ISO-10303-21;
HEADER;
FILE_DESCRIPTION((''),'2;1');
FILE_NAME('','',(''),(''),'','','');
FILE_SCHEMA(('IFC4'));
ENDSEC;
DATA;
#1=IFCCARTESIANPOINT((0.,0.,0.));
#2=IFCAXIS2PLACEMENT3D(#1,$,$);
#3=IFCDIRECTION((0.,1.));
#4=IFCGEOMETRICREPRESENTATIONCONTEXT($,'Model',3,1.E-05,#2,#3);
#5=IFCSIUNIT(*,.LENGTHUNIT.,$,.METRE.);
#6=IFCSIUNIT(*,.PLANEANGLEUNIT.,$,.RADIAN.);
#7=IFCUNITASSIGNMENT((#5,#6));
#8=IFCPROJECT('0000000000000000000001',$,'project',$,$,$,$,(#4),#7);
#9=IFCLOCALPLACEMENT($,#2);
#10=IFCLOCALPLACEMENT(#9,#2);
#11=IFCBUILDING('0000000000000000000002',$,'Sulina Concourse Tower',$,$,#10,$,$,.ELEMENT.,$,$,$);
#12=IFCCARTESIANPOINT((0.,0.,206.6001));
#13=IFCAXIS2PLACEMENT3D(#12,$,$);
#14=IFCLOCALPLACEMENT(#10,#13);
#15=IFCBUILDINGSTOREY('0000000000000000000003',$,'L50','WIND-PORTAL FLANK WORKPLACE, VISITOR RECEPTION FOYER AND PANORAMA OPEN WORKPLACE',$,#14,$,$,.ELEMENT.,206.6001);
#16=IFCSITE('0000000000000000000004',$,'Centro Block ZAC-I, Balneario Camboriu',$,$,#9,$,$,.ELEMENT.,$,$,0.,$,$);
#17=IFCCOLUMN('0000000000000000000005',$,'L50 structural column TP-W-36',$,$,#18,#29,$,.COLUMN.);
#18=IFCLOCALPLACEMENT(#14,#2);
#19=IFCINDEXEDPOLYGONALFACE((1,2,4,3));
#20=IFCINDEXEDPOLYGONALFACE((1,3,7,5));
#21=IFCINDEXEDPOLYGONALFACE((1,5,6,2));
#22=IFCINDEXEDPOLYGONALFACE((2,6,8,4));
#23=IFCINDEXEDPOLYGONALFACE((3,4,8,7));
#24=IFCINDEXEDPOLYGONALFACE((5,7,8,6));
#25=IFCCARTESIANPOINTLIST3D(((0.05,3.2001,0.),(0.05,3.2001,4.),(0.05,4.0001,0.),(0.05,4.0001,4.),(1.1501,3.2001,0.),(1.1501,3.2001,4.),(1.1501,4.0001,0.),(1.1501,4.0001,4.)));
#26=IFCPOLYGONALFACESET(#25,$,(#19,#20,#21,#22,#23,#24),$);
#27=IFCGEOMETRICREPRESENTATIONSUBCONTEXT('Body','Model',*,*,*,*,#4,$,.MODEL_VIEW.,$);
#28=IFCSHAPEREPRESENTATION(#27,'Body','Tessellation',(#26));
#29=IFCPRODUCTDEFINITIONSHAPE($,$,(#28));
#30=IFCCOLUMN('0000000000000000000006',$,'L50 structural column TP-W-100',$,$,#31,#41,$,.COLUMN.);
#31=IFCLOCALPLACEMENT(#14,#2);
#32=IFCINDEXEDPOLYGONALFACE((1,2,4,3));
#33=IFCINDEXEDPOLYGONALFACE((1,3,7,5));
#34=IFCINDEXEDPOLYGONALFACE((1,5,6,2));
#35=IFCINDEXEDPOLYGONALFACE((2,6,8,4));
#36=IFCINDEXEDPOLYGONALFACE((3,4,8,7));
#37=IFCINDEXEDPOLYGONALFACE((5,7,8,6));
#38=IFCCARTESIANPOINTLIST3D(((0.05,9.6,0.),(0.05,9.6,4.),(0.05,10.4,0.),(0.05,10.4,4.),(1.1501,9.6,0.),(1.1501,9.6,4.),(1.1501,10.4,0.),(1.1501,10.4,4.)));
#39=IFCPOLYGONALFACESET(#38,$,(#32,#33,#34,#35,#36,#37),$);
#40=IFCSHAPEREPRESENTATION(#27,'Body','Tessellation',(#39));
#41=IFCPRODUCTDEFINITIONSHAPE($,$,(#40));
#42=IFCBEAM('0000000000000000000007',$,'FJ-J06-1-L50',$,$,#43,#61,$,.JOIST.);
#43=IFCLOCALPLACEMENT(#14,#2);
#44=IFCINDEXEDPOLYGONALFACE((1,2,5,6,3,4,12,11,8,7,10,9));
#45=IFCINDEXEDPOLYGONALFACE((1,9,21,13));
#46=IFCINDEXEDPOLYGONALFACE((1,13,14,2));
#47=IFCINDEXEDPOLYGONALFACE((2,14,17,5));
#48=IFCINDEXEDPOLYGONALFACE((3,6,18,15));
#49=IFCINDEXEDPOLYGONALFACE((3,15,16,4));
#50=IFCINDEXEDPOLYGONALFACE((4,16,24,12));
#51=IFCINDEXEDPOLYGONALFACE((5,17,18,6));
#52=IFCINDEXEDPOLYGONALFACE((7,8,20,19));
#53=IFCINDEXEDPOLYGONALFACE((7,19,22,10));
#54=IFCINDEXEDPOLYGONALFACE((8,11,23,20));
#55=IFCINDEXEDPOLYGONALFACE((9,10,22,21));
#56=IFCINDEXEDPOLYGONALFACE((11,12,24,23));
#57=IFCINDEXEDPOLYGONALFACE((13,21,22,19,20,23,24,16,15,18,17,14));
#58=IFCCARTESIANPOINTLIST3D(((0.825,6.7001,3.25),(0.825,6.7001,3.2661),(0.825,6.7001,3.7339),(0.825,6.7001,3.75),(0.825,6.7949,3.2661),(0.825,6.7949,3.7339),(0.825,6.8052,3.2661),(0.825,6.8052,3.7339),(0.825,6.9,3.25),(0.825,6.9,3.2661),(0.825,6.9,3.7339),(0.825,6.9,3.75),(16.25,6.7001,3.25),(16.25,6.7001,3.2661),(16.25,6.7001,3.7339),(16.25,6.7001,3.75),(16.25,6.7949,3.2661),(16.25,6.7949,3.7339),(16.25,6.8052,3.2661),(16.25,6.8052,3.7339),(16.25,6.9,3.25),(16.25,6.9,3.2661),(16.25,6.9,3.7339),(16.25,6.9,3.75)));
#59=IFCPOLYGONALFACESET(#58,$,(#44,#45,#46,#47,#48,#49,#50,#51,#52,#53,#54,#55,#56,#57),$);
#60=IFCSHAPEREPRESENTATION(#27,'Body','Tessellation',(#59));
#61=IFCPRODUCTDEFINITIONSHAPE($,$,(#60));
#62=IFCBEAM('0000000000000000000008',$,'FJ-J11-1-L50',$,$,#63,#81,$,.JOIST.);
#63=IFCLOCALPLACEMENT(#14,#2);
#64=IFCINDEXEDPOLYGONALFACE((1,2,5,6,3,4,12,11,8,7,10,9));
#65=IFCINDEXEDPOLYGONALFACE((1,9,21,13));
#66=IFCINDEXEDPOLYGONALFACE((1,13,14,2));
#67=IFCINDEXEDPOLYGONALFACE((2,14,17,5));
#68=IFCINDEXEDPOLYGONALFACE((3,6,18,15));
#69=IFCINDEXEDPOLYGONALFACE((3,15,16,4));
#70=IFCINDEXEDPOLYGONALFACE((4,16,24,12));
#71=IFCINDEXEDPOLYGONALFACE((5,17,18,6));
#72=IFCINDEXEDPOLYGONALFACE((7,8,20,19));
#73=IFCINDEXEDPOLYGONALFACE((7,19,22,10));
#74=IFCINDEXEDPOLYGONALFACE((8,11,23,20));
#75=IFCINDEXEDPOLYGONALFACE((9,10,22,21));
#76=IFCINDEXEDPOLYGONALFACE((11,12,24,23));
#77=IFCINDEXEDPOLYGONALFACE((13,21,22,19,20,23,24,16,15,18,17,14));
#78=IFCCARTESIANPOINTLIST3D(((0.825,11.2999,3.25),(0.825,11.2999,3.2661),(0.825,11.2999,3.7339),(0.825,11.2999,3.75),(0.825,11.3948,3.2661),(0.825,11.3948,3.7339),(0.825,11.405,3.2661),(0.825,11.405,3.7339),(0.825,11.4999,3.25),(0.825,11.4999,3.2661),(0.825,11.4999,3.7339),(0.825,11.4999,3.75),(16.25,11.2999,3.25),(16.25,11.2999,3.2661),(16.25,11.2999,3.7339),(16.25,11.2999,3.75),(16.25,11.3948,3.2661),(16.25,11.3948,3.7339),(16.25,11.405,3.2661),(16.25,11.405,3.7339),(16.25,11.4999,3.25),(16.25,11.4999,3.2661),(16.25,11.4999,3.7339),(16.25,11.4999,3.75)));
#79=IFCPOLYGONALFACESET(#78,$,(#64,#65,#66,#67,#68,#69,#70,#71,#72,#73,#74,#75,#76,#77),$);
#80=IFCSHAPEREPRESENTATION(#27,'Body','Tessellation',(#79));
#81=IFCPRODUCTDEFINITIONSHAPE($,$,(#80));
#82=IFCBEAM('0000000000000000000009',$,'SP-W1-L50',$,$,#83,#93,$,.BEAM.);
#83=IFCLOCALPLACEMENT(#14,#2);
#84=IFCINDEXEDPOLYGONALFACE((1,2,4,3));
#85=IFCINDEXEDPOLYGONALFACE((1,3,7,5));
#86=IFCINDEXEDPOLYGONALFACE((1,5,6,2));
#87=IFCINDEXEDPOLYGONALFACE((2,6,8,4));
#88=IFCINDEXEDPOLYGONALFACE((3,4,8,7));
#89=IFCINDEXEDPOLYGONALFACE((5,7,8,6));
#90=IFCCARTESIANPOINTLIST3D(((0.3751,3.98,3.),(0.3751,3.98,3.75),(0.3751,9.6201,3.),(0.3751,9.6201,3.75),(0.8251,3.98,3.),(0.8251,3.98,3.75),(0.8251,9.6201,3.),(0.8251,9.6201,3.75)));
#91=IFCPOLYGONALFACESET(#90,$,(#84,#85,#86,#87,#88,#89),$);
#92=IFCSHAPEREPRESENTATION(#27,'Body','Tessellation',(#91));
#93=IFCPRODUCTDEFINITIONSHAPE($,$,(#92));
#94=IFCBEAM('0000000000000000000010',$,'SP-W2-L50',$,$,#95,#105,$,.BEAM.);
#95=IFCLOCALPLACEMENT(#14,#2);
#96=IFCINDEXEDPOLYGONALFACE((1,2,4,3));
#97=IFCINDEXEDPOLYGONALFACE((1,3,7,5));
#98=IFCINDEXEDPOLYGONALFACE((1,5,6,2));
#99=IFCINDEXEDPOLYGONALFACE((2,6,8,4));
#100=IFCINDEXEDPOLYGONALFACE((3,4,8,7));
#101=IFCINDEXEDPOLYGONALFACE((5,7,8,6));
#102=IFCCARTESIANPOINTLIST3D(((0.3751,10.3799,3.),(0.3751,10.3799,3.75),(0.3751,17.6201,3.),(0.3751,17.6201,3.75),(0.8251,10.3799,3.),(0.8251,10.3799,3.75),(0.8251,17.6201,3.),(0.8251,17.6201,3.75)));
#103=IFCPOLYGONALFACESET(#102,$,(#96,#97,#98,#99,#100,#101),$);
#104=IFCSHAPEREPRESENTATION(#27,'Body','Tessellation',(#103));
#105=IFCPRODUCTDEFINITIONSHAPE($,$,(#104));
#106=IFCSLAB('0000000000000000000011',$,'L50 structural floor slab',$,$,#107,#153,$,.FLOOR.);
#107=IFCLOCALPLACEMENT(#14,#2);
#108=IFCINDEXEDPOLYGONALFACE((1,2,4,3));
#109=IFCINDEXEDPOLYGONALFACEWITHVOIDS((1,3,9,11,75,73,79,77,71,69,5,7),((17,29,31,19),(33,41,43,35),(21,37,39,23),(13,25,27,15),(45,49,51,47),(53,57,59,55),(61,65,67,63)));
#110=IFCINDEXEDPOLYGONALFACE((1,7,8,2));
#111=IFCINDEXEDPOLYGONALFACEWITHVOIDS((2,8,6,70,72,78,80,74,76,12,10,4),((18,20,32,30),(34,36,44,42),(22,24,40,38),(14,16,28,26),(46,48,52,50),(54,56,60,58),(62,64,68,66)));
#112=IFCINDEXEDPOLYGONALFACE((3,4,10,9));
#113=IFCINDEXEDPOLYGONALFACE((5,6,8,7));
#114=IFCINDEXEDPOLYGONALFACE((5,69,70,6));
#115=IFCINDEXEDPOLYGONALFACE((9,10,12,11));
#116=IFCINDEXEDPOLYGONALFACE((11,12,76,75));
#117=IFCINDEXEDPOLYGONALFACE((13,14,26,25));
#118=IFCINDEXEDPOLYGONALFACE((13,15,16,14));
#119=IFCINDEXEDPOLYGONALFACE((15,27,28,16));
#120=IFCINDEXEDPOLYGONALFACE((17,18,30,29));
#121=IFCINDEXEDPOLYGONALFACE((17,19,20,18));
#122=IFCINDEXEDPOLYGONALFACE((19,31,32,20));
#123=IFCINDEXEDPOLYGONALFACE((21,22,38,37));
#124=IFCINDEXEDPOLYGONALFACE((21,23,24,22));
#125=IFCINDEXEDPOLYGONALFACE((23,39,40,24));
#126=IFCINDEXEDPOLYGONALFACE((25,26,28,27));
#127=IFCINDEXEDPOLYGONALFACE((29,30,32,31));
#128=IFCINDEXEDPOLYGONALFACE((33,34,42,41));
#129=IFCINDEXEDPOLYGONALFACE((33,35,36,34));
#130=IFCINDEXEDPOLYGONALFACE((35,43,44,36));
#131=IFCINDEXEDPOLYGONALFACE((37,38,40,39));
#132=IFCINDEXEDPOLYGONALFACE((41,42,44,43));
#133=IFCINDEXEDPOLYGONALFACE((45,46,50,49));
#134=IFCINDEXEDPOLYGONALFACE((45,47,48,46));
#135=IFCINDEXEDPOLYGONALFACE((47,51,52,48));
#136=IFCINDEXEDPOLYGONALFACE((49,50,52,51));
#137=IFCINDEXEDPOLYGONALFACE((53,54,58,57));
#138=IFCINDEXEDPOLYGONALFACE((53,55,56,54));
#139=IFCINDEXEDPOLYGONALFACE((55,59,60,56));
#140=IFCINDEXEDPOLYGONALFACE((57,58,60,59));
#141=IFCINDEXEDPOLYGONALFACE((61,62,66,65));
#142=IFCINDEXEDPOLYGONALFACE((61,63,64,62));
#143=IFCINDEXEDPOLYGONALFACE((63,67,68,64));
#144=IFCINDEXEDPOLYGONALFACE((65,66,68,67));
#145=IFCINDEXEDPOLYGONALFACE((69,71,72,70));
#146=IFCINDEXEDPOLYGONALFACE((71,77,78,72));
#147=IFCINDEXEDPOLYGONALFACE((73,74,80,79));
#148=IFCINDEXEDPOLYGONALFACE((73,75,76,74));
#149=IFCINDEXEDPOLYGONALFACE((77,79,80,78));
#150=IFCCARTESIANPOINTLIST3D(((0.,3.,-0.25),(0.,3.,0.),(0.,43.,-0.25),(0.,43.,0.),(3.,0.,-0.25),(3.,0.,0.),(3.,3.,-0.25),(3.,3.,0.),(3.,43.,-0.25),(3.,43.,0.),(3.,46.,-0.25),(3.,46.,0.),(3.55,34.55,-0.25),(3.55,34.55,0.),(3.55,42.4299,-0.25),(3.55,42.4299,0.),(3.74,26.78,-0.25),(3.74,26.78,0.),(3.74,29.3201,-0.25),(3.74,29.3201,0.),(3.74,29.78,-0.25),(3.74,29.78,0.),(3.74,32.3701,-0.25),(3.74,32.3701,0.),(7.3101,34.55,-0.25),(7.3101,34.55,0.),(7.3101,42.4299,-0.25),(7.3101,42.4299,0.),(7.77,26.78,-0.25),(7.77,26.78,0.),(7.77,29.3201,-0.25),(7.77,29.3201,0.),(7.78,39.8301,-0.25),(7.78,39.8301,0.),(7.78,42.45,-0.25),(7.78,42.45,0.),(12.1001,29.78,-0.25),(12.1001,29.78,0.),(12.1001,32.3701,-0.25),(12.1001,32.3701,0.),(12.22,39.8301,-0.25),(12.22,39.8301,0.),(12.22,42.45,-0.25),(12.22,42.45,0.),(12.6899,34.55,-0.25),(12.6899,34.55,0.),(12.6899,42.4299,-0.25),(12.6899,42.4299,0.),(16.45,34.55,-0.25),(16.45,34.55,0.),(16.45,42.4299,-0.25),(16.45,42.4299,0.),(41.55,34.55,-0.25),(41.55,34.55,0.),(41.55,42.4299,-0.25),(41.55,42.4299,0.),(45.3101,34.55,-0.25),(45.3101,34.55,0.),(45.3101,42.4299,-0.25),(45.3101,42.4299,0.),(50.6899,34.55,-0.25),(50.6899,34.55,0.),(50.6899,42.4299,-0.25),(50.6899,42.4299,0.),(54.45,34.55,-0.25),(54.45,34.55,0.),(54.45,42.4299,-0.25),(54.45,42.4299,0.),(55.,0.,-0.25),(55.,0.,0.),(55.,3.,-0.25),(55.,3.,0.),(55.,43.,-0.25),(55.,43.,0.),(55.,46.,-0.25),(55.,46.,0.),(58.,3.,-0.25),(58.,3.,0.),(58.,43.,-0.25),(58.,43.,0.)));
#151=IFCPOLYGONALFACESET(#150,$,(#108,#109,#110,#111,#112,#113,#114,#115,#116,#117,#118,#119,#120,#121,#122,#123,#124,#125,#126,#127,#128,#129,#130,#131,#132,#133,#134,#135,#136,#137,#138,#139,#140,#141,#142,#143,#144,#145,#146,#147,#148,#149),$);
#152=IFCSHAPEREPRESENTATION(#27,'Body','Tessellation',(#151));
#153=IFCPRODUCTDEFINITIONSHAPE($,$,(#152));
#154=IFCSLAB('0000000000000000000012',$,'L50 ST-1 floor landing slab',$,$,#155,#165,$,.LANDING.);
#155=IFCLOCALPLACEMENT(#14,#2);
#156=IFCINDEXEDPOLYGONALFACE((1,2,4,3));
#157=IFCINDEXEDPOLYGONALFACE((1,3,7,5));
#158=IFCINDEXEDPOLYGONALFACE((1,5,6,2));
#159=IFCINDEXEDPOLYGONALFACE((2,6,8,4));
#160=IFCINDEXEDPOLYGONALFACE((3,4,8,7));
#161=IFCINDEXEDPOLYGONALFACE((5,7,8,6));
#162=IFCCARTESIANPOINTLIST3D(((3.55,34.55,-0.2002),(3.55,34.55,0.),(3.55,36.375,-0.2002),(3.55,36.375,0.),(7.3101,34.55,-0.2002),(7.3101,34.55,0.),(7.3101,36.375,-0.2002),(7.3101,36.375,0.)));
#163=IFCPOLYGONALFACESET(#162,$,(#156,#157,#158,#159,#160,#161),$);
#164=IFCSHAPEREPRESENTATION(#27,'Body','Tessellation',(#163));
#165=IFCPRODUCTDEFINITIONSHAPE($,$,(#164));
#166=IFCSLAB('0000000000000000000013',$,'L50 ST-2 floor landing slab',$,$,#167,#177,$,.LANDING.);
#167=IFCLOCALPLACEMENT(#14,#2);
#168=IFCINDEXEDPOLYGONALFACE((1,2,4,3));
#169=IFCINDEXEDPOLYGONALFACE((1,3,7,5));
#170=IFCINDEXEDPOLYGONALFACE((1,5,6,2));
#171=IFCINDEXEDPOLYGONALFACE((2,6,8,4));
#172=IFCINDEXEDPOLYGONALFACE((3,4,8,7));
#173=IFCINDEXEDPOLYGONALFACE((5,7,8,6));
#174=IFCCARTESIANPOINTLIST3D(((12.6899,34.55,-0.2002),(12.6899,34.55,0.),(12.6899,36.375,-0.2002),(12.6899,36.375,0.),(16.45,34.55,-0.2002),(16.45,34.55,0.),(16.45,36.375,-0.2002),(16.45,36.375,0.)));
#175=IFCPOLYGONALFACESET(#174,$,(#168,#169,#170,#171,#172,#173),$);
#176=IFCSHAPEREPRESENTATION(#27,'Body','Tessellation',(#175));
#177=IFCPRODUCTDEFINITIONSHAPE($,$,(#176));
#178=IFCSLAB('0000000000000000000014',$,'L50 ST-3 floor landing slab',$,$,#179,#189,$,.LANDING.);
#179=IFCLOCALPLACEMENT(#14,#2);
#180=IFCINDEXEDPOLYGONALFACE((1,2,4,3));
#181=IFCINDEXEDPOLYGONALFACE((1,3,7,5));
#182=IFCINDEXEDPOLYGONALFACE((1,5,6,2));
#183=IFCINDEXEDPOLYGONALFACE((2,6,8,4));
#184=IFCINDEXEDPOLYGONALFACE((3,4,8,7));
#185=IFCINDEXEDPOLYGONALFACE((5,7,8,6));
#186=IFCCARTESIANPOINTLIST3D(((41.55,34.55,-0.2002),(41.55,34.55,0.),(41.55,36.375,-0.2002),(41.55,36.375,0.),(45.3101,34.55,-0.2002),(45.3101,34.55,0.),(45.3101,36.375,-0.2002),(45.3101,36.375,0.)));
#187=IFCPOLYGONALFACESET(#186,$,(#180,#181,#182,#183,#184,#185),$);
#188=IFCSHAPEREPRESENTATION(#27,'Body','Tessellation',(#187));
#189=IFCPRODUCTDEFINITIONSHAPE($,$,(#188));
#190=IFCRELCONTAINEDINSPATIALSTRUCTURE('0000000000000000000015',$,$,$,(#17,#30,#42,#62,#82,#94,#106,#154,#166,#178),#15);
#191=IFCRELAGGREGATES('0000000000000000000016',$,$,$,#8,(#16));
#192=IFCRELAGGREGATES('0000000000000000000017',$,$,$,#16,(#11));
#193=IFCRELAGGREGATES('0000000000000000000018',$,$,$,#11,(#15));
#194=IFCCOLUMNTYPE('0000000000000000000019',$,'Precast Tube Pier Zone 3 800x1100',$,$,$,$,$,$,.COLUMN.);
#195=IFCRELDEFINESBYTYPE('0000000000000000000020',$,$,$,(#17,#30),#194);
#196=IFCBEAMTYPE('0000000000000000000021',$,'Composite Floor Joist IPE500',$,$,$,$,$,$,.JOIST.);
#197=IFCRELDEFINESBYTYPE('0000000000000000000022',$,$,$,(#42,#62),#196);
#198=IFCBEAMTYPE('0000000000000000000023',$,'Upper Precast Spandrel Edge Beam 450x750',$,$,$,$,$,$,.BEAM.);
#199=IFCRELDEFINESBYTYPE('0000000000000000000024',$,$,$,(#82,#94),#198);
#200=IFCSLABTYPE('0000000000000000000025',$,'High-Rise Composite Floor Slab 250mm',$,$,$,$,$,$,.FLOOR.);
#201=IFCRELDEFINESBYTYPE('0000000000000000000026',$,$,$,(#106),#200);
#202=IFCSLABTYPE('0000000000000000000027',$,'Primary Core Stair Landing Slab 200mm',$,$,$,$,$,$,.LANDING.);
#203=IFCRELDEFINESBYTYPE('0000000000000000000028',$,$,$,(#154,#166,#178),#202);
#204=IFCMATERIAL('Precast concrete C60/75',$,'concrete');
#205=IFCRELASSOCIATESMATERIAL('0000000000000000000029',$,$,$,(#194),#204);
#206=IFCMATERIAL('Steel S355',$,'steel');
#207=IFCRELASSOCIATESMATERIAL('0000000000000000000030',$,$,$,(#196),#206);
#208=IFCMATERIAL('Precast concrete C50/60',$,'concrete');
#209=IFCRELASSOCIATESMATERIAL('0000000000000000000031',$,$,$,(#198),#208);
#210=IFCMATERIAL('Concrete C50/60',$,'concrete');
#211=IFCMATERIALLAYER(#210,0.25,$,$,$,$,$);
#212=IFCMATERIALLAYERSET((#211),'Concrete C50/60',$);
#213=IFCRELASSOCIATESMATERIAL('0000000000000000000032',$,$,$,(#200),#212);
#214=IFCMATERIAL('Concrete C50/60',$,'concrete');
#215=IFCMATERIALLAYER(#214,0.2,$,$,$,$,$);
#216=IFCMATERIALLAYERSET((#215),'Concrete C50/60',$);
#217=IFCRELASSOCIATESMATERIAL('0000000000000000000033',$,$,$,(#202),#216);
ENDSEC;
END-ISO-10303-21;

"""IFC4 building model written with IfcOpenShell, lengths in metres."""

from ifc_helpers import new_model, si_unit, direction, frame, origin, origin_2d, place, context, subcontext, project, spatial, polyline, rectangle, i_section, outline, extrude, material, layer, layer_set, material_profile, profile_set, type_object, element, save


model = new_model("IFC4")

# Units and contexts
model_context = context("Model", 3, precision=1e-05, world=origin(), true_north=direction((0.0, 1.0)))
body_context = subcontext(model_context, "Body", "Model", "MODEL_VIEW")
ifc_project = project(units=[si_unit("LENGTHUNIT", "METRE"), si_unit("PLANEANGLEUNIT", "RADIAN")], contexts=[model_context])

# Site, building, storey
site_placement = place(None, origin())
site = spatial("IfcSite", under=ifc_project, at=site_placement, Name="Centro Block ZAC-I, Balneario Camboriu", CompositionType="ELEMENT", RefElevation=0.0)
building_placement = place(site_placement, origin())
building = spatial("IfcBuilding", under=site, at=building_placement, Name="Sulina Concourse Tower", CompositionType="ELEMENT")
storey_placement = place(building_placement, frame((0.0, 0.0, 206.6001)))
storey = spatial("IfcBuildingStorey", under=building, at=storey_placement, Name="L50", Description="WIND-PORTAL FLANK WORKPLACE, VISITOR RECEPTION FOYER AND PANORAMA OPEN WORKPLACE", CompositionType="ELEMENT", Elevation=206.6001)

# Columns
ifc_material_1 = material(Name="Precast concrete C60/75", Category="concrete")
ifc_material_profile_1 = material_profile(ifc_material_1, rectangle(XDim=0.8, YDim=1.1001, at=origin_2d()), Name="PC 800x1100")
ifc_profile_set_1 = profile_set([ifc_material_profile_1], Name="Precast concrete C60/75")
column_type = type_object("IfcColumnType", Name="Precast Tube Pier Zone 3 800x1100", PredefinedType="COLUMN", material=ifc_profile_set_1)
for number, where, z_axis, x_axis, name in (
    (1, (0.6001, 3.6001, 0.0), (0.0, 0.0, 1.0), (0.0, 1.0, 0.0), "L50 structural column TP-W-36"),
    (2, (0.6001, 10.0, 0.0), (0.0, 0.0, 1.0), (0.0, 1.0, 0.0), "L50 structural column TP-W-100"),
):
    element("IfcColumn", number, at=place(storey_placement, frame(where, z_axis=z_axis, x_axis=x_axis)), inside=storey, type_object=column_type, Name=name, PredefinedType="COLUMN", context=body_context, shape_type="SweptSolid", body=[
        extrude(rectangle(XDim=0.8, YDim=1.1001, at=origin_2d()), origin(), (0.0, 0.0, 1.0), 4.0),
    ])

# Beams
ifc_material_2 = material(Name="Steel S355", Category="steel")
ifc_material_profile_2 = material_profile(ifc_material_2, i_section(OverallWidth=0.2, OverallDepth=0.5, WebThickness=0.0103, FlangeThickness=0.0161, at=origin_2d()), Name="IPE 500")
ifc_profile_set_2 = profile_set([ifc_material_profile_2], Name="Steel S355")
beam_type_1 = type_object("IfcBeamType", Name="Composite Floor Joist IPE500", PredefinedType="JOIST", material=ifc_profile_set_2)
for number, where, z_axis, x_axis, name in (
    (3, (0.825, 6.8, 3.5), (1.0, 0.0, 0.0), (0.0, 1.0, 0.0), "FJ-J06-1-L50"),
    (4, (0.825, 11.3999, 3.5), (1.0, 0.0, 0.0), (0.0, 1.0, 0.0), "FJ-J11-1-L50"),
):
    element("IfcBeam", number, at=place(storey_placement, frame(where, z_axis=z_axis, x_axis=x_axis)), inside=storey, type_object=beam_type_1, Name=name, PredefinedType="JOIST", context=body_context, shape_type="SweptSolid", body=[
        extrude(i_section(OverallWidth=0.2, OverallDepth=0.5, WebThickness=0.0103, FlangeThickness=0.0161, at=origin_2d()), origin(), (0.0, 0.0, 1.0), 15.425),
    ])
ifc_material_3 = material(Name="Precast concrete C50/60", Category="concrete")
ifc_material_profile_3 = material_profile(ifc_material_3, rectangle(XDim=0.45, YDim=0.75, at=origin_2d()), Name="RC 450x750")
ifc_profile_set_3 = profile_set([ifc_material_profile_3], Name="Precast concrete C50/60")
beam_type_2 = type_object("IfcBeamType", Name="Upper Precast Spandrel Edge Beam 450x750", PredefinedType="BEAM", material=ifc_profile_set_3)
beam_1_placement = place(storey_placement, frame((0.6001, 3.98, 3.375), z_axis=(0.0, 1.0, 0.0), x_axis=(-1.0, 0.0, 0.0)))
element("IfcBeam", 5, at=beam_1_placement, inside=storey, type_object=beam_type_2, Name="SP-W1-L50", PredefinedType="BEAM", context=body_context, shape_type="SweptSolid", body=[
    extrude(rectangle(XDim=0.45, YDim=0.75, at=origin_2d()), origin(), (0.0, 0.0, 1.0), 5.6401),
])
beam_2_placement = place(storey_placement, frame((0.6001, 10.3799, 3.375), z_axis=(0.0, 1.0, 0.0), x_axis=(-1.0, 0.0, 0.0)))
element("IfcBeam", 6, at=beam_2_placement, inside=storey, type_object=beam_type_2, Name="SP-W2-L50", PredefinedType="BEAM", context=body_context, shape_type="SweptSolid", body=[
    extrude(rectangle(XDim=0.45, YDim=0.75, at=origin_2d()), origin(), (0.0, 0.0, 1.0), 7.2402),
])

# Slabs
ifc_material_4 = material(Name="Concrete C50/60", Category="concrete")
ifc_layer_1 = layer(ifc_material_4, 0.25)
ifc_layer_set_1 = layer_set([ifc_layer_1], Name="Concrete C50/60")
slab_type_1 = type_object("IfcSlabType", Name="High-Rise Composite Floor Slab 250mm", PredefinedType="FLOOR", material=ifc_layer_set_1)
slab_1_placement = place(storey_placement, frame((0.0, 0.0, -0.25)))
element("IfcSlab", 7, at=slab_1_placement, inside=storey, type_object=slab_type_1, Name="L50 structural floor slab", PredefinedType="FLOOR", context=body_context, shape_type="SweptSolid", body=[
    extrude(outline(polyline([(3.0, 0.0), (55.0, 0.0), (55.0, 3.0), (58.0, 3.0), (58.0, 43.0), (55.0, 43.0), (55.0, 46.0), (3.0, 46.0), (3.0, 43.0), (0.0, 43.0), (0.0, 3.0), (3.0, 3.0), (3.0, 0.0)]), holes=[polyline([(7.3101, 34.55), (7.3101, 42.4299), (3.55, 42.4299), (3.55, 34.55), (7.3101, 34.55)]), polyline([(16.45, 34.55), (16.45, 42.4299), (12.6899, 42.4299), (12.6899, 34.55), (16.45, 34.55)]), polyline([(45.3101, 34.55), (45.3101, 42.4299), (41.55, 42.4299), (41.55, 34.55), (45.3101, 34.55)]), polyline([(54.45, 34.55), (54.45, 42.4299), (50.6899, 42.4299), (50.6899, 34.55), (54.45, 34.55)]), polyline([(7.78, 39.8301), (12.22, 39.8301), (12.22, 42.45), (7.78, 42.45), (7.78, 39.8301)]), polyline([(3.74, 26.78), (7.77, 26.78), (7.77, 29.3201), (3.74, 29.3201), (3.74, 26.78)]), polyline([(3.74, 29.78), (12.1001, 29.78), (12.1001, 32.3701), (3.74, 32.3701), (3.74, 29.78)])]), origin(), (0.0, 0.0, 1.0), 0.25),
])
ifc_material_5 = material(Name="Concrete C50/60", Category="concrete")
ifc_layer_2 = layer(ifc_material_5, 0.2)
ifc_layer_set_2 = layer_set([ifc_layer_2], Name="Concrete C50/60")
slab_type_2 = type_object("IfcSlabType", Name="Primary Core Stair Landing Slab 200mm", PredefinedType="LANDING", material=ifc_layer_set_2)
slab_2_placement = place(storey_placement, frame((0.0, 0.0, -0.2002)))
element("IfcSlab", 8, at=slab_2_placement, inside=storey, type_object=slab_type_2, Name="L50 ST-1 floor landing slab", PredefinedType="LANDING", context=body_context, shape_type="SweptSolid", body=[
    extrude(outline(polyline([(7.3101, 34.55), (7.3101, 36.375), (3.55, 36.375), (3.55, 34.55), (7.3101, 34.55)])), origin(), (0.0, 0.0, 1.0), 0.2002),
])
slab_3_placement = place(storey_placement, frame((0.0, 0.0, -0.2002)))
element("IfcSlab", 9, at=slab_3_placement, inside=storey, type_object=slab_type_2, Name="L50 ST-2 floor landing slab", PredefinedType="LANDING", context=body_context, shape_type="SweptSolid", body=[
    extrude(outline(polyline([(16.45, 34.55), (16.45, 36.375), (12.6899, 36.375), (12.6899, 34.55), (16.45, 34.55)])), origin(), (0.0, 0.0, 1.0), 0.2002),
])
slab_4_placement = place(storey_placement, frame((0.0, 0.0, -0.2002)))
element("IfcSlab", 10, at=slab_4_placement, inside=storey, type_object=slab_type_2, Name="L50 ST-3 floor landing slab", PredefinedType="LANDING", context=body_context, shape_type="SweptSolid", body=[
    extrude(outline(polyline([(45.3101, 34.55), (45.3101, 36.375), (41.55, 36.375), (41.55, 34.55), (45.3101, 34.55)])), origin(), (0.0, 0.0, 1.0), 0.2002),
])

save(model, "model.ifc")
